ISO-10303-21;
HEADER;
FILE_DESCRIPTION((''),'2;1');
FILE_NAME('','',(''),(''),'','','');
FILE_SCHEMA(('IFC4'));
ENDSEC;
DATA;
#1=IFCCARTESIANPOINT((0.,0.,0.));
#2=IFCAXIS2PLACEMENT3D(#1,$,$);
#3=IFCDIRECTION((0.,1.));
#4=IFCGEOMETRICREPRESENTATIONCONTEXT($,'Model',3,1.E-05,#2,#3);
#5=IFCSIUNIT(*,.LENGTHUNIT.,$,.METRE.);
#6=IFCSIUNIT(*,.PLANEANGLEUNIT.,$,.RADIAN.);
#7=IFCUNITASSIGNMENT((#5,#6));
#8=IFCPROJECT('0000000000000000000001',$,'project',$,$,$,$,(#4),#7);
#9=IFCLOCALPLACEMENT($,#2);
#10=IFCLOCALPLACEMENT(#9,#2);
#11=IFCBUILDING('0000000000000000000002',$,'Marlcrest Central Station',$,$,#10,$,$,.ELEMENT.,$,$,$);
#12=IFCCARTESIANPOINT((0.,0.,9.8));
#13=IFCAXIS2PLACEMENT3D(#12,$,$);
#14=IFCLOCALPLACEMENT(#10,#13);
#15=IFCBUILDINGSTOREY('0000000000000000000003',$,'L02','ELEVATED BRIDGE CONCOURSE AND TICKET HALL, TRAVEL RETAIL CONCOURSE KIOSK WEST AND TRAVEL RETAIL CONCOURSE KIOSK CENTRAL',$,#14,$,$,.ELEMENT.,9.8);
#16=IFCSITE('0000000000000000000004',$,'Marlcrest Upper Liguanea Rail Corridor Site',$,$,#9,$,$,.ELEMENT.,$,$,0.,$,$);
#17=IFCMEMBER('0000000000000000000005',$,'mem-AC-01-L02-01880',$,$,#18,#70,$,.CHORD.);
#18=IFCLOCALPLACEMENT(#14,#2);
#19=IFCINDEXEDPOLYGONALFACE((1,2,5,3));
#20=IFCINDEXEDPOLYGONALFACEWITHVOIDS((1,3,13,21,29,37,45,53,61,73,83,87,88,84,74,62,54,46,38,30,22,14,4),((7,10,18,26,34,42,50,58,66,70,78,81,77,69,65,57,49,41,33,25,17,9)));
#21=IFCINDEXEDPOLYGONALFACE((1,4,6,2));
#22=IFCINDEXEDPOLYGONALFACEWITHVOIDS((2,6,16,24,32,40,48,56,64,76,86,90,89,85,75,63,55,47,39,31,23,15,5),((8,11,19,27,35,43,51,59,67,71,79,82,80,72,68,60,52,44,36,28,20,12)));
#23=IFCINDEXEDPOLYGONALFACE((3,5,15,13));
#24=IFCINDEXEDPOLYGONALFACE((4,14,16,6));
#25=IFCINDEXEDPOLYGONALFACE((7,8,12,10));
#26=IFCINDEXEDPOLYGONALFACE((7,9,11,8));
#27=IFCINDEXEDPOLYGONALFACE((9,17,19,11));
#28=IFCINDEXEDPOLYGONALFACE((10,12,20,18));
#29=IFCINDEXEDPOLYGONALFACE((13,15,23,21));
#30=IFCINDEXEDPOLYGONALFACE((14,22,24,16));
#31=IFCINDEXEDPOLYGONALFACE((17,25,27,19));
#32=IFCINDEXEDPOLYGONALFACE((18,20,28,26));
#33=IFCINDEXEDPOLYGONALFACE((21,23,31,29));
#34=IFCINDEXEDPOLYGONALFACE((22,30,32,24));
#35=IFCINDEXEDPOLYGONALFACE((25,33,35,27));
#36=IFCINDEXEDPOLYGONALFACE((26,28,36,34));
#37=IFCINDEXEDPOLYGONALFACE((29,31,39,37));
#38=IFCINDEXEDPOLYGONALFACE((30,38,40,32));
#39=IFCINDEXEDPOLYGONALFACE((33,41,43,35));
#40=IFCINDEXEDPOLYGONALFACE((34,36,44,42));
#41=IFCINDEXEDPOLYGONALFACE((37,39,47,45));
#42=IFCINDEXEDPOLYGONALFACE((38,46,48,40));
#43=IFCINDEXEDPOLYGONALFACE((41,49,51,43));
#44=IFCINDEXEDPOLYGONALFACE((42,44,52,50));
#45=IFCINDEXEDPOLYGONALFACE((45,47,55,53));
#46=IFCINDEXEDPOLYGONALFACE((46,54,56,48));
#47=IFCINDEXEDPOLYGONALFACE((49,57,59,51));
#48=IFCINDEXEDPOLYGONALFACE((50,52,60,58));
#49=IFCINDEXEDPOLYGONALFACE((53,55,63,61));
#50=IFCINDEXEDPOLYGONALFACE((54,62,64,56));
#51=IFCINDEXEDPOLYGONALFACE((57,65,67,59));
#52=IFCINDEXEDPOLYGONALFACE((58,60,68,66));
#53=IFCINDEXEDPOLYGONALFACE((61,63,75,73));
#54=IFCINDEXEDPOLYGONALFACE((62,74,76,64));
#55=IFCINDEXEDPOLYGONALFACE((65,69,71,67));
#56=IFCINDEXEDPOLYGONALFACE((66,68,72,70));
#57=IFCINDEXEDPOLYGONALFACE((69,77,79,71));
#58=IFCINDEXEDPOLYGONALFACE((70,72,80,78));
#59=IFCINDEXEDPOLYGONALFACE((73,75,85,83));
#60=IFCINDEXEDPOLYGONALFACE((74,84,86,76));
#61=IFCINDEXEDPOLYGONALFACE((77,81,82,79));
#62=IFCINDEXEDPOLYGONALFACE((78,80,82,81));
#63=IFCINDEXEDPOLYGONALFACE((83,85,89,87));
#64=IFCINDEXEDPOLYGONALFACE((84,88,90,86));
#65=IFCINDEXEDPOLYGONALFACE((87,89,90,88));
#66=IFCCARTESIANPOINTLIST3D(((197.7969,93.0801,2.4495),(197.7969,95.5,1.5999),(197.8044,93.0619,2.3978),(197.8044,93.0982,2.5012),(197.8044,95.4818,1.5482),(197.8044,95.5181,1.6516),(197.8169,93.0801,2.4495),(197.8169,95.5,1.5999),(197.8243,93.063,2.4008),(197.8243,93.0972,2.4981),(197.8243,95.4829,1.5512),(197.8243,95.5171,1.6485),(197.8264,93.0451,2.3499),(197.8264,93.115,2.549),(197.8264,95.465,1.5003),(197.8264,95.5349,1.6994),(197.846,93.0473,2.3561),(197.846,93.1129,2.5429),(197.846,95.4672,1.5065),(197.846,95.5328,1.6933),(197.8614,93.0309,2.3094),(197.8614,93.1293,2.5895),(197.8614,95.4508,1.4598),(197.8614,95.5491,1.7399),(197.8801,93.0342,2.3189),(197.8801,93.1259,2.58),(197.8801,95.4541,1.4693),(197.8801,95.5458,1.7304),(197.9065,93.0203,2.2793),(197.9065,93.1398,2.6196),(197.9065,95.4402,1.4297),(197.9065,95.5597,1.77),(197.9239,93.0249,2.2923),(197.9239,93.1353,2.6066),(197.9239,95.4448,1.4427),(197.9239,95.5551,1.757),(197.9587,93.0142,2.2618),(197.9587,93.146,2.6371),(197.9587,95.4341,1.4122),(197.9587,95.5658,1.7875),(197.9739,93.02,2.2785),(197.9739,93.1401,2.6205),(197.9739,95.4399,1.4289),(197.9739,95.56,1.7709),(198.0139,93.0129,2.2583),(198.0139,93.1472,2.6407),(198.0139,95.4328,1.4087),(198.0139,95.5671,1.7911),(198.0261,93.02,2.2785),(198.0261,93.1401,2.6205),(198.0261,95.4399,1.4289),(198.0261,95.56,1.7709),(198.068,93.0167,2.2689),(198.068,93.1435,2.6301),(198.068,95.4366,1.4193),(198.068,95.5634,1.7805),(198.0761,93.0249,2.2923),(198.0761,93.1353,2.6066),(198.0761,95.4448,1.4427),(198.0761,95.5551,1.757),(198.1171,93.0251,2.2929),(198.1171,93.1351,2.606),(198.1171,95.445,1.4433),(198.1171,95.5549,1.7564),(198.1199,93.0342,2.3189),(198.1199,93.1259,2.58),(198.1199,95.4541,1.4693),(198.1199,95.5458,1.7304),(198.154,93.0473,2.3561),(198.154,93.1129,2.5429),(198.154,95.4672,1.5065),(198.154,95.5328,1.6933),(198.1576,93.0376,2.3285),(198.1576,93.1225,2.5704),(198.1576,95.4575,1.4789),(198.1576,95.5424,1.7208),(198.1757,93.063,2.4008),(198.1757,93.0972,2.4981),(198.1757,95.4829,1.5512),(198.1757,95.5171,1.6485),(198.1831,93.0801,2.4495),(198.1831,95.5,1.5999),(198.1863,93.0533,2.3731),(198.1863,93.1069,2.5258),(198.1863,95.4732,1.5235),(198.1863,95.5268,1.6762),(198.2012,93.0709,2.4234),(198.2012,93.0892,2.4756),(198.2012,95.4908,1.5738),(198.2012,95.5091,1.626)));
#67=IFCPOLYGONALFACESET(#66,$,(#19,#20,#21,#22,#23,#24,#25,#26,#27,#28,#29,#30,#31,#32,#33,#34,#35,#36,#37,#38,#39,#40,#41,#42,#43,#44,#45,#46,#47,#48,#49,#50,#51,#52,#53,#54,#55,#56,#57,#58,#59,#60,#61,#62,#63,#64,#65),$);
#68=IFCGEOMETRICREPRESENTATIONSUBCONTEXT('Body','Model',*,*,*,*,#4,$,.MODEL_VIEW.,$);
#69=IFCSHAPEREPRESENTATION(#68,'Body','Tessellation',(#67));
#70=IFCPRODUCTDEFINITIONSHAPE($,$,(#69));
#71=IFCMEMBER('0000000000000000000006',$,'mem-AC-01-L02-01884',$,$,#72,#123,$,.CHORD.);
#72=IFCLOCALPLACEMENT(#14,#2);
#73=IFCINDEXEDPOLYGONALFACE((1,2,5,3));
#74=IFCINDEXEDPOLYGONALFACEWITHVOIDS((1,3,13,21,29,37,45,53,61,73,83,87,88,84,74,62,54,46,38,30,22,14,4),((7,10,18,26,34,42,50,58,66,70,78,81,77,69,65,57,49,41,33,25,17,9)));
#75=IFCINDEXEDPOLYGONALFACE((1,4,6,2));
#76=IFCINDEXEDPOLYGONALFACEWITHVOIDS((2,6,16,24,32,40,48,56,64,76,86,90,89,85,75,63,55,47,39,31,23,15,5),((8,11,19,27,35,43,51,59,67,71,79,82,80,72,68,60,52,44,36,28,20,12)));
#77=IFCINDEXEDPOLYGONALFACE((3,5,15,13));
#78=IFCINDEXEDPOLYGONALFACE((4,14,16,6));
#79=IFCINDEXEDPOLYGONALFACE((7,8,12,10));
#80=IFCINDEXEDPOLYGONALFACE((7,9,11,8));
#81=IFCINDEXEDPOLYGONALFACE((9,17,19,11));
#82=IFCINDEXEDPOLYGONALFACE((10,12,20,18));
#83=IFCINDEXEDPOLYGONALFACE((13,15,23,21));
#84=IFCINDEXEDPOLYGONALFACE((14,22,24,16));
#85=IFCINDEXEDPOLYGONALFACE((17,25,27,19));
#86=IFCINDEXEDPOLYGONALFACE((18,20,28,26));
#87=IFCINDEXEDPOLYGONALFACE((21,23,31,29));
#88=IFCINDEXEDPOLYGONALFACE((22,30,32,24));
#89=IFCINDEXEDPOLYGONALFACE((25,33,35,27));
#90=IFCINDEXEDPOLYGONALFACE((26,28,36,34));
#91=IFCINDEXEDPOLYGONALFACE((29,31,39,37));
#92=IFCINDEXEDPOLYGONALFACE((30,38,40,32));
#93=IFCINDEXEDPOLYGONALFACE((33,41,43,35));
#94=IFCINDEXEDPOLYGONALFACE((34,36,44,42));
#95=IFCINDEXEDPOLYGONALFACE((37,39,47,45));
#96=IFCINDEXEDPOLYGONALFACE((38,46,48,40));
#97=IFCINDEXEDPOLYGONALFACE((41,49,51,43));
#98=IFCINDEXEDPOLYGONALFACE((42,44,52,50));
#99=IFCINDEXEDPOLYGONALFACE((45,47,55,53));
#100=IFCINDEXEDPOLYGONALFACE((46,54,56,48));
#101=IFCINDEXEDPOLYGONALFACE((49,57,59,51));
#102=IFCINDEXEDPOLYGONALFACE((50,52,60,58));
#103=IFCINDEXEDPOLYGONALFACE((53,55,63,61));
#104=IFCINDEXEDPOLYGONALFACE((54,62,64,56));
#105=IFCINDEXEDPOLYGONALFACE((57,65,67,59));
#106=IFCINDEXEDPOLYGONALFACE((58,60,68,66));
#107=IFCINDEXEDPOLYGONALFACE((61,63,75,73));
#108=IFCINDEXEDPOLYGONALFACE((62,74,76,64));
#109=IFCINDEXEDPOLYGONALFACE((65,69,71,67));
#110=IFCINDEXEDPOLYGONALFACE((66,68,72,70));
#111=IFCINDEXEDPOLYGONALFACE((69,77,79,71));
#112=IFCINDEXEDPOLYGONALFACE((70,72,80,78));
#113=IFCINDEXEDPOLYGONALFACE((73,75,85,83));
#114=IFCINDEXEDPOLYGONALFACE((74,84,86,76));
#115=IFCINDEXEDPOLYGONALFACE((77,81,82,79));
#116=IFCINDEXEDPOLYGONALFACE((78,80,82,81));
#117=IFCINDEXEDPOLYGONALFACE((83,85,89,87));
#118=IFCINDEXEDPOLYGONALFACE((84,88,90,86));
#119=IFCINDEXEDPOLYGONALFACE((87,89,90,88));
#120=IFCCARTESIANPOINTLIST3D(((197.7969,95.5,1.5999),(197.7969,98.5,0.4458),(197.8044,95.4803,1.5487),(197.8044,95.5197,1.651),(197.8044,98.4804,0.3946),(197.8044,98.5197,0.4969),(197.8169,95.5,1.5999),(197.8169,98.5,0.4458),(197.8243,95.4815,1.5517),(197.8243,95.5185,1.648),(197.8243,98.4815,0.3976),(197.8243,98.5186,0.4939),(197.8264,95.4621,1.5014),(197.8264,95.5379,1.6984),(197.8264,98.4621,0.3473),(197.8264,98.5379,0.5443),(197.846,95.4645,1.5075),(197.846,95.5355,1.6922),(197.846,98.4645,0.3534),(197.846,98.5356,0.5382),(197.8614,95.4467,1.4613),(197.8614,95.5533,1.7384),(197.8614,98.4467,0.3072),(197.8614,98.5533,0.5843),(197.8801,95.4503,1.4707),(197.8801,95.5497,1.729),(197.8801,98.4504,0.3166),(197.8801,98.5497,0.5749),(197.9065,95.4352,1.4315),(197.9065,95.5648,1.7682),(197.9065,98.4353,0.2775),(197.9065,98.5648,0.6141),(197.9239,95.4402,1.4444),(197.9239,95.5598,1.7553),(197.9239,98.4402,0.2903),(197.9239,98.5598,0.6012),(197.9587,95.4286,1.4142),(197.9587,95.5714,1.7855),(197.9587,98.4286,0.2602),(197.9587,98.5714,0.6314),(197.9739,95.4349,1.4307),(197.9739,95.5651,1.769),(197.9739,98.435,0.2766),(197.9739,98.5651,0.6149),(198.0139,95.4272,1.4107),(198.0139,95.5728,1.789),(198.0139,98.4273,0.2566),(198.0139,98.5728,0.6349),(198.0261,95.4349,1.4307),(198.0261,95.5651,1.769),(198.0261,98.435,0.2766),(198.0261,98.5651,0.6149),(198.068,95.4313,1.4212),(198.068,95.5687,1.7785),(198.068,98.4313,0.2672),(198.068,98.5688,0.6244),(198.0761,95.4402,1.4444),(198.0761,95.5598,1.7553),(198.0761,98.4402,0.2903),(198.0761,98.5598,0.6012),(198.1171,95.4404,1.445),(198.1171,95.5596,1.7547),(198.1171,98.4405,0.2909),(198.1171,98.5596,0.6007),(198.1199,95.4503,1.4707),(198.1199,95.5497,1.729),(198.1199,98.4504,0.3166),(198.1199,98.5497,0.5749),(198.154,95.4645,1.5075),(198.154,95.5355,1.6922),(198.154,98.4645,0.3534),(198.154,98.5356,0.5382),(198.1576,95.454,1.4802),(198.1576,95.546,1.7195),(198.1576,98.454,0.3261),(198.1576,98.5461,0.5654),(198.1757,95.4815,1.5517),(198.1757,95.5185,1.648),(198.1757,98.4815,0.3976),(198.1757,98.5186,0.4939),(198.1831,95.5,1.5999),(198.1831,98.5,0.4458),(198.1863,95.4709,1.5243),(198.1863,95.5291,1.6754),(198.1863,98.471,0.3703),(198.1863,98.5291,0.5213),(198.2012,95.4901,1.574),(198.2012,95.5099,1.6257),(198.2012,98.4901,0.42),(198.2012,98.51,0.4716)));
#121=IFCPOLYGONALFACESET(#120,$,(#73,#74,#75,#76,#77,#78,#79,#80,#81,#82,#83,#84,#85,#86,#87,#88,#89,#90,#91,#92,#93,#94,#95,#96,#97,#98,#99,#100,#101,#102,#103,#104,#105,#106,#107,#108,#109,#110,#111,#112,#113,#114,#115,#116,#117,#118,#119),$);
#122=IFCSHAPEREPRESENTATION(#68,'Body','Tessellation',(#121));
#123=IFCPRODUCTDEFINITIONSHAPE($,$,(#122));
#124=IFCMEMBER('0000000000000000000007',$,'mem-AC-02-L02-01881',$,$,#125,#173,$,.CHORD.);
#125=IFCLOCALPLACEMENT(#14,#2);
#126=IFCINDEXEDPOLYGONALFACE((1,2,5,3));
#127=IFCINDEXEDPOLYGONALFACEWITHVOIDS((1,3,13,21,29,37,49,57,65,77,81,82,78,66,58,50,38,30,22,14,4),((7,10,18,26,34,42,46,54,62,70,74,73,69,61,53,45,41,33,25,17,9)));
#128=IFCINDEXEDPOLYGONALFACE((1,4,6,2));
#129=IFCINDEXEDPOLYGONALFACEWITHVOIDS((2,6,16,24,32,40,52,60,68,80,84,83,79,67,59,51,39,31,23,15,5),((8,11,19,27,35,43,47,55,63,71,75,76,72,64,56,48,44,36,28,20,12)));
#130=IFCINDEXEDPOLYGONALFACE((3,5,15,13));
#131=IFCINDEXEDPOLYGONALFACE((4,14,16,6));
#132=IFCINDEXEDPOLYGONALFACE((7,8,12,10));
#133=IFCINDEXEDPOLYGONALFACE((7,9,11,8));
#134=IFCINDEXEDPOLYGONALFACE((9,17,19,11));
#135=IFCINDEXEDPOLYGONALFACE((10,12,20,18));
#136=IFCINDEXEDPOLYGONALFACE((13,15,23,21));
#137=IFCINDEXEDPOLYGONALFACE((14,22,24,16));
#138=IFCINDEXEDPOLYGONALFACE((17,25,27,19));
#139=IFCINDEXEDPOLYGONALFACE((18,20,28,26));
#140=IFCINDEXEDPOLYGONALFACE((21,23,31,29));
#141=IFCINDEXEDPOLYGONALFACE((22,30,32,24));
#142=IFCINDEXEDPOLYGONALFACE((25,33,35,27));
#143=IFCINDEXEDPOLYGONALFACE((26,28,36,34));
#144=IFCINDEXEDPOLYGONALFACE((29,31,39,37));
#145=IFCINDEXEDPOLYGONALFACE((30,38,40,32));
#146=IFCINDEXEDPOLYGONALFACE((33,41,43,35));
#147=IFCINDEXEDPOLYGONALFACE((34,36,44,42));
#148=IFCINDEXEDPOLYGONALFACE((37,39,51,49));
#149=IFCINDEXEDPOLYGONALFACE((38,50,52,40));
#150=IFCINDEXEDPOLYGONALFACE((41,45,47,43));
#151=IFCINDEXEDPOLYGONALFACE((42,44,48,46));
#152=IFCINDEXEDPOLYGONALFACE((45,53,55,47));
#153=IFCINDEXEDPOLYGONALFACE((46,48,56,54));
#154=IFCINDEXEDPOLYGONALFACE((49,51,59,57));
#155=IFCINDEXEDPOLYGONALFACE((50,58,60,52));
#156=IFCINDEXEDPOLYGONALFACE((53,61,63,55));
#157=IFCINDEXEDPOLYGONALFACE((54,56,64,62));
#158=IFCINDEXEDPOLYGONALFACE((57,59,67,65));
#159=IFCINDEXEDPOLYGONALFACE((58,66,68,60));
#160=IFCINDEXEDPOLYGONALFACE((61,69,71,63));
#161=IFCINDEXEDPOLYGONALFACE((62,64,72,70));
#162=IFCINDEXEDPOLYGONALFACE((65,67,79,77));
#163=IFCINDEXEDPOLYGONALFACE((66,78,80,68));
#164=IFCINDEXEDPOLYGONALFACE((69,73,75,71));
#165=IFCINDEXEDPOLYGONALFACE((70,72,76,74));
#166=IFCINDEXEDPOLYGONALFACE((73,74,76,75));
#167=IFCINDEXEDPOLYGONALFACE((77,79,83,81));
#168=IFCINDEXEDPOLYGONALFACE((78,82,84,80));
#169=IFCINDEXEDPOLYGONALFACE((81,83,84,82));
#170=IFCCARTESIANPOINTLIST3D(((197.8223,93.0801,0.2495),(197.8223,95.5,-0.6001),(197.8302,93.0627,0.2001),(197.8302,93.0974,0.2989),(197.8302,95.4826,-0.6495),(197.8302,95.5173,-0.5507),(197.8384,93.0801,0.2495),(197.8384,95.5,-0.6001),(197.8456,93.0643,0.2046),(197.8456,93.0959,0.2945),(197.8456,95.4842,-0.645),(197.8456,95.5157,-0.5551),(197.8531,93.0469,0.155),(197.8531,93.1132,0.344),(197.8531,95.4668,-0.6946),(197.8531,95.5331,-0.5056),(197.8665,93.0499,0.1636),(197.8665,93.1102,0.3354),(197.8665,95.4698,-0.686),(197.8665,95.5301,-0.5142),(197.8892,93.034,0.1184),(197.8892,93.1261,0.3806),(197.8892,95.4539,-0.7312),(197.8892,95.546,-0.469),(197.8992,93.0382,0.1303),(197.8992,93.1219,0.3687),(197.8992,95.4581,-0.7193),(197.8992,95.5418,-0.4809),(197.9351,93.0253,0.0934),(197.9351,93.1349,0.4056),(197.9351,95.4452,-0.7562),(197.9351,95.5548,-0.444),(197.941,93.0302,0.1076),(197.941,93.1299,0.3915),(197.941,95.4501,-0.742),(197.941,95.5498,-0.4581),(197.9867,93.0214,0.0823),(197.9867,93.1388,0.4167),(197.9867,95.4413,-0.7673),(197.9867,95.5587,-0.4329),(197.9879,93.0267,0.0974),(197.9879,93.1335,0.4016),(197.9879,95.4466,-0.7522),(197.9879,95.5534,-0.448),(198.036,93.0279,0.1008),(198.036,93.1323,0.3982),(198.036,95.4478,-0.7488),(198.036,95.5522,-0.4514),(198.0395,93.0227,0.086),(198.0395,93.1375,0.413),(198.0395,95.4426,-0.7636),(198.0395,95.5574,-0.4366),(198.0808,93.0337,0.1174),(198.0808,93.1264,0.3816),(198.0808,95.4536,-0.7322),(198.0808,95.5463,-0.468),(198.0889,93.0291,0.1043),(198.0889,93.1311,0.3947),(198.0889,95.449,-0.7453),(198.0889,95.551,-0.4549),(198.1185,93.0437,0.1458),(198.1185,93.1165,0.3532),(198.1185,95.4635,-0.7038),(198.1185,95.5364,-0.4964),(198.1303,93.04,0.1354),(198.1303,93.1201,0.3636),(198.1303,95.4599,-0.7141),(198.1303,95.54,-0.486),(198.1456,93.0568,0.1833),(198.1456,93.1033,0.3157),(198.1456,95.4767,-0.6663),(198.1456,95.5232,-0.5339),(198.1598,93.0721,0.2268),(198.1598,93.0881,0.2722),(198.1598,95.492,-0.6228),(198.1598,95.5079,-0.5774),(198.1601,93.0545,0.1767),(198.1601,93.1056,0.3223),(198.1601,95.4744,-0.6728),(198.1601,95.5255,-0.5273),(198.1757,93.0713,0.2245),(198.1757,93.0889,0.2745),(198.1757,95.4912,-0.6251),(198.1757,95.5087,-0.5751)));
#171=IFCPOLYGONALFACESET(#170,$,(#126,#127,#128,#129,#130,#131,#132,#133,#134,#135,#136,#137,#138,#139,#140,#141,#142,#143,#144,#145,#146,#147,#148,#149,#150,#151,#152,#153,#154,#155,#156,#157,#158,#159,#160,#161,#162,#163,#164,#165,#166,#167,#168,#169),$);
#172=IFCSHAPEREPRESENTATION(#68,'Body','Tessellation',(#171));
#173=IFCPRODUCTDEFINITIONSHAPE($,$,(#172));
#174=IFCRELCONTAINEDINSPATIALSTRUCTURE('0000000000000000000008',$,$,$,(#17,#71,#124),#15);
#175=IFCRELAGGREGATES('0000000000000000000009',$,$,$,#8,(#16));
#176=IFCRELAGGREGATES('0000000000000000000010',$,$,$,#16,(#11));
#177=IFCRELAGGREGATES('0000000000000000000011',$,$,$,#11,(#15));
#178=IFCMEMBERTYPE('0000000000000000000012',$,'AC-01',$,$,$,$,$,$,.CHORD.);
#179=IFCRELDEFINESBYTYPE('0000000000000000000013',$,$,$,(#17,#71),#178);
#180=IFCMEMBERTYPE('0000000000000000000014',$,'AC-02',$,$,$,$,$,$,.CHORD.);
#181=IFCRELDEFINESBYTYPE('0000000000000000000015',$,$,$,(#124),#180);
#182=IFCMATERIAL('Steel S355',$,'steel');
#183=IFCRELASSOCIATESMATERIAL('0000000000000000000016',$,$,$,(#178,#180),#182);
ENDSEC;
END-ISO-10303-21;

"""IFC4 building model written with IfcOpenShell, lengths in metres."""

from ifc_helpers import new_model, si_unit, direction, frame, origin, origin_2d, place, context, subcontext, project, spatial, hollow_circle, extrude, material, material_profile, profile_set, type_object, element, save


model = new_model("IFC4")

# Units and contexts
model_context = context("Model", 3, precision=1e-05, world=origin(), true_north=direction((0.0, 1.0)))
body_context = subcontext(model_context, "Body", "Model", "MODEL_VIEW")
ifc_project = project(units=[si_unit("LENGTHUNIT", "METRE"), si_unit("PLANEANGLEUNIT", "RADIAN")], contexts=[model_context])

# Site, building, storey
site_placement = place(None, origin())
site = spatial("IfcSite", under=ifc_project, at=site_placement, Name="Marlcrest Upper Liguanea Rail Corridor Site", CompositionType="ELEMENT", RefElevation=0.0)
building_placement = place(site_placement, origin())
building = spatial("IfcBuilding", under=site, at=building_placement, Name="Marlcrest Central Station", CompositionType="ELEMENT")
storey_placement = place(building_placement, frame((0.0, 0.0, 9.8)))
storey = spatial("IfcBuildingStorey", under=building, at=storey_placement, Name="L02", Description="ELEVATED BRIDGE CONCOURSE AND TICKET HALL, TRAVEL RETAIL CONCOURSE KIOSK WEST AND TRAVEL RETAIL CONCOURSE KIOSK CENTRAL", CompositionType="ELEMENT", Elevation=9.8)

# Members
ifc_material_1 = material(Name="Steel S355", Category="steel")
ifc_material_profile_1 = material_profile(ifc_material_1, hollow_circle(Radius=0.2031, WallThickness=0.02, at=origin_2d()), Name="CHS 406.4x20")
ifc_profile_set_1 = profile_set([ifc_material_profile_1], Name="Steel S355")
member_type_1 = type_object("IfcMemberType", Name="AC-01", PredefinedType="CHORD", material=ifc_profile_set_1)
member_1_placement = place(storey_placement, frame((198.0, 93.0801, 2.4495), z_axis=(0.0, 0.943537, -0.331266), x_axis=(-1.0, 0.0, 0.0)))
element("IfcMember", 1, at=member_1_placement, inside=storey, type_object=member_type_1, Name="mem-AC-01-L02-01880", PredefinedType="CHORD", context=body_context, shape_type="SweptSolid", body=[
    extrude(hollow_circle(Radius=0.2031, WallThickness=0.02, at=origin_2d()), origin(), (0.0, 0.0, 1.0), 2.5647),
])
member_2_placement = place(storey_placement, frame((198.0, 95.5, 1.5999), z_axis=(0.0, 0.933324, -0.359035), x_axis=(-1.0, 0.0, 0.0)))
element("IfcMember", 2, at=member_2_placement, inside=storey, type_object=member_type_1, Name="mem-AC-01-L02-01884", PredefinedType="CHORD", context=body_context, shape_type="SweptSolid", body=[
    extrude(hollow_circle(Radius=0.2031, WallThickness=0.02, at=origin_2d()), origin(), (0.0, 0.0, 1.0), 3.2144),
])
ifc_material_profile_2 = material_profile(ifc_material_1, hollow_circle(Radius=0.1777, WallThickness=0.0161, at=origin_2d()), Name="CHS 355.6x16")
ifc_profile_set_2 = profile_set([ifc_material_profile_2], Name="Steel S355")
member_type_2 = type_object("IfcMemberType", Name="AC-02", PredefinedType="CHORD", material=ifc_profile_set_2)
member_3_placement = place(storey_placement, frame((198.0, 93.0801, 0.2495), z_axis=(0.0, 0.943537, -0.331266), x_axis=(-1.0, 0.0, 0.0)))
element("IfcMember", 3, at=member_3_placement, inside=storey, type_object=member_type_2, Name="mem-AC-02-L02-01881", PredefinedType="CHORD", context=body_context, shape_type="SweptSolid", body=[
    extrude(hollow_circle(Radius=0.1777, WallThickness=0.0161, at=origin_2d()), origin(), (0.0, 0.0, 1.0), 2.5647),
])

save(model, "model.ifc")
